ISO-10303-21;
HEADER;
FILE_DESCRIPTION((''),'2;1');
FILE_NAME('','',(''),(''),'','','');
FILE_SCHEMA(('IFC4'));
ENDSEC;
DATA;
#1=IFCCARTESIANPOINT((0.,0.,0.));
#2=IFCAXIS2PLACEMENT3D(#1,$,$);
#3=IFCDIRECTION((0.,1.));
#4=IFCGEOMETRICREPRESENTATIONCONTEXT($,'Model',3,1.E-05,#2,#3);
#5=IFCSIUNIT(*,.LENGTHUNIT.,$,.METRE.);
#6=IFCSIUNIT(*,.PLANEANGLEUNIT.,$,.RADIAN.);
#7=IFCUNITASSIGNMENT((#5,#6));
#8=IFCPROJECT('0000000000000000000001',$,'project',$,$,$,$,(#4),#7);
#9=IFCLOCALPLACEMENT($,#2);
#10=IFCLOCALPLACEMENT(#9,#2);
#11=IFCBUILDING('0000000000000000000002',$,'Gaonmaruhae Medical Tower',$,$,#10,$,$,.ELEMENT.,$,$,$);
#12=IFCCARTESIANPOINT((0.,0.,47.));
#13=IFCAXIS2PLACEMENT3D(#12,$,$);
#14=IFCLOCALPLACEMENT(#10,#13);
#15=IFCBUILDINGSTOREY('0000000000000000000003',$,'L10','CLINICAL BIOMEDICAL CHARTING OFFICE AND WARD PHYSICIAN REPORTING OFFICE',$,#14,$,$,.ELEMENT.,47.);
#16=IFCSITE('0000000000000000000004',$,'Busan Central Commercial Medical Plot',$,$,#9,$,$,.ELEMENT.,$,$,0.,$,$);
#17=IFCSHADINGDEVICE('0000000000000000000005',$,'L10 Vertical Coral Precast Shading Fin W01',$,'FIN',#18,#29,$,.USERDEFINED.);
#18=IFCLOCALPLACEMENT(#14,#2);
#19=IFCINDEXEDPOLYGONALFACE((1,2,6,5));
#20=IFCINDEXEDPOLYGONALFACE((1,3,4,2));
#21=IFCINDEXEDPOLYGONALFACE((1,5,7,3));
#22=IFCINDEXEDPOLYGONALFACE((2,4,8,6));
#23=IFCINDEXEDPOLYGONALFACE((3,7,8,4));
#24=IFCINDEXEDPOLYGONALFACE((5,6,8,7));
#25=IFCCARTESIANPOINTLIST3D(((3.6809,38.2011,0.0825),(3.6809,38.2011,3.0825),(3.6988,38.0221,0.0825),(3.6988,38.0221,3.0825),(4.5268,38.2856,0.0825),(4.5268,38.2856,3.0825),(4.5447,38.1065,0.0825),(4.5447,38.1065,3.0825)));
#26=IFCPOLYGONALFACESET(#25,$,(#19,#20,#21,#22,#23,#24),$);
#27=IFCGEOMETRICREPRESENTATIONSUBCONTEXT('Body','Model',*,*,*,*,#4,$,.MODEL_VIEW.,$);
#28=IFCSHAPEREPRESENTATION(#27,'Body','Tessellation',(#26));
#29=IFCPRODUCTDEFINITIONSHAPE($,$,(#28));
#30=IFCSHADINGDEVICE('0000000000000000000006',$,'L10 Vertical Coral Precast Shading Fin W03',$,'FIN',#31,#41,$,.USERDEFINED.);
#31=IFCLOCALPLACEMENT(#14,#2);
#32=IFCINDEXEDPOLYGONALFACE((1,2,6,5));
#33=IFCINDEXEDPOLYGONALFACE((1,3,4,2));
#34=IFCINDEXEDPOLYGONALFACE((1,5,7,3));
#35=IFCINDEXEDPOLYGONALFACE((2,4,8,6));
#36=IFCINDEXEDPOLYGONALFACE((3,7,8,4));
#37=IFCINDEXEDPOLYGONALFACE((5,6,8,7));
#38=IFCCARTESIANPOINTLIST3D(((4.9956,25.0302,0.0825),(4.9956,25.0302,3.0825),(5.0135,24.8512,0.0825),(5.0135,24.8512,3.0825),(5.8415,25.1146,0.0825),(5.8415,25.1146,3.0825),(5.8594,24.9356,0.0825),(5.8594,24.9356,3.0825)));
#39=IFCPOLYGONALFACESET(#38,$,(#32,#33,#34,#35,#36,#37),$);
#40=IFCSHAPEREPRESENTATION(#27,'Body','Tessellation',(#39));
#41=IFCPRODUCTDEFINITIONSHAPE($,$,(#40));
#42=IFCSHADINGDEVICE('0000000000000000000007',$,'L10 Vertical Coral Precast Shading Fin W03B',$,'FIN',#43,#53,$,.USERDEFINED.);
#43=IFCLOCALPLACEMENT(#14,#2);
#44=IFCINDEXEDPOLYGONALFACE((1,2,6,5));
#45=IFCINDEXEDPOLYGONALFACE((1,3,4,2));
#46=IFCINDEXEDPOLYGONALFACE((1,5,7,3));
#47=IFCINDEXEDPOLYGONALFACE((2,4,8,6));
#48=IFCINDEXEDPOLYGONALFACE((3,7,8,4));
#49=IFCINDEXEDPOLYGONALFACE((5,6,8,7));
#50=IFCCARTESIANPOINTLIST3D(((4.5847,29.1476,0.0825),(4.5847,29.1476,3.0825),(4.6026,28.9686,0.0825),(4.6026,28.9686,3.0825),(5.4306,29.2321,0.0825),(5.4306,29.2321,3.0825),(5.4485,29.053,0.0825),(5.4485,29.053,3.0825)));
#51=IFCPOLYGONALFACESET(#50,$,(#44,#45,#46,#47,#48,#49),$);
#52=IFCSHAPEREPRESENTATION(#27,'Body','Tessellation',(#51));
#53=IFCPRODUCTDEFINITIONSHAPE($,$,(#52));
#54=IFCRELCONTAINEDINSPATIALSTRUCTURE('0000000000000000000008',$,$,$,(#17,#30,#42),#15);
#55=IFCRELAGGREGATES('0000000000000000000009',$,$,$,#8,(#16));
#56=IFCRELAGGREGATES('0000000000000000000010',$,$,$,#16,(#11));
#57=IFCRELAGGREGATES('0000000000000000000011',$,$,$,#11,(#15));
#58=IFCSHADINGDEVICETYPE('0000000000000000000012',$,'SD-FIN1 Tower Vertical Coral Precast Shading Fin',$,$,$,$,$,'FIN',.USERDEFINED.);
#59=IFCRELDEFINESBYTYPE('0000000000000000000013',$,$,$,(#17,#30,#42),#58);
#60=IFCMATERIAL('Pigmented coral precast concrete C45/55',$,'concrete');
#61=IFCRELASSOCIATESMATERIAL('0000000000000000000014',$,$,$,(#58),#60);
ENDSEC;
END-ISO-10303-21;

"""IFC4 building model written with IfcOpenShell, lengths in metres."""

from ifc_helpers import new_model, si_unit, direction, frame, origin, origin_2d, place, context, subcontext, project, spatial, rectangle, extrude, material, type_object, element, save


model = new_model("IFC4")

# Units and contexts
model_context = context("Model", 3, precision=1e-05, world=origin(), true_north=direction((0.0, 1.0)))
body_context = subcontext(model_context, "Body", "Model", "MODEL_VIEW")
ifc_project = project(units=[si_unit("LENGTHUNIT", "METRE"), si_unit("PLANEANGLEUNIT", "RADIAN")], contexts=[model_context])

# Site, building, storey
site_placement = place(None, origin())
site = spatial("IfcSite", under=ifc_project, at=site_placement, Name="Busan Central Commercial Medical Plot", CompositionType="ELEMENT", RefElevation=0.0)
building_placement = place(site_placement, origin())
building = spatial("IfcBuilding", under=site, at=building_placement, Name="Gaonmaruhae Medical Tower", CompositionType="ELEMENT")
storey_placement = place(building_placement, frame((0.0, 0.0, 47.0)))
storey = spatial("IfcBuildingStorey", under=building, at=storey_placement, Name="L10", Description="CLINICAL BIOMEDICAL CHARTING OFFICE AND WARD PHYSICIAN REPORTING OFFICE", CompositionType="ELEMENT", Elevation=47.0)

# Shading devices
ifc_material_1 = material(Name="Pigmented coral precast concrete C45/55", Category="concrete")
shading_device_type = type_object("IfcShadingDeviceType", Name="SD-FIN1 Tower Vertical Coral Precast Shading Fin", ElementType="FIN", PredefinedType="USERDEFINED", material=ifc_material_1)
for number, where, z_axis, x_axis, name in (
    (1, (4.1128, 38.1538, 0.0825), (0.0, 0.0, 1.0), (-0.099337, 0.995054, 0.0), "L10 Vertical Coral Precast Shading Fin W01"),
    (2, (5.4275, 24.9829, 0.0825), (0.0, 0.0, 1.0), (-0.09932, 0.995056, 0.0), "L10 Vertical Coral Precast Shading Fin W03"),
    (3, (5.0166, 29.1003, 0.0825), (0.0, 0.0, 1.0), (-0.09932, 0.995056, 0.0), "L10 Vertical Coral Precast Shading Fin W03B"),
):
    element("IfcShadingDevice", number, at=place(storey_placement, frame(where, z_axis=z_axis, x_axis=x_axis)), inside=storey, type_object=shading_device_type, Name=name, ObjectType="FIN", PredefinedType="USERDEFINED", context=body_context, shape_type="SweptSolid", body=[
        extrude(rectangle(XDim=0.1799, YDim=0.8501, at=origin_2d()), origin(), (0.0, 0.0, 1.0), 3.0),
    ])

save(model, "model.ifc")
